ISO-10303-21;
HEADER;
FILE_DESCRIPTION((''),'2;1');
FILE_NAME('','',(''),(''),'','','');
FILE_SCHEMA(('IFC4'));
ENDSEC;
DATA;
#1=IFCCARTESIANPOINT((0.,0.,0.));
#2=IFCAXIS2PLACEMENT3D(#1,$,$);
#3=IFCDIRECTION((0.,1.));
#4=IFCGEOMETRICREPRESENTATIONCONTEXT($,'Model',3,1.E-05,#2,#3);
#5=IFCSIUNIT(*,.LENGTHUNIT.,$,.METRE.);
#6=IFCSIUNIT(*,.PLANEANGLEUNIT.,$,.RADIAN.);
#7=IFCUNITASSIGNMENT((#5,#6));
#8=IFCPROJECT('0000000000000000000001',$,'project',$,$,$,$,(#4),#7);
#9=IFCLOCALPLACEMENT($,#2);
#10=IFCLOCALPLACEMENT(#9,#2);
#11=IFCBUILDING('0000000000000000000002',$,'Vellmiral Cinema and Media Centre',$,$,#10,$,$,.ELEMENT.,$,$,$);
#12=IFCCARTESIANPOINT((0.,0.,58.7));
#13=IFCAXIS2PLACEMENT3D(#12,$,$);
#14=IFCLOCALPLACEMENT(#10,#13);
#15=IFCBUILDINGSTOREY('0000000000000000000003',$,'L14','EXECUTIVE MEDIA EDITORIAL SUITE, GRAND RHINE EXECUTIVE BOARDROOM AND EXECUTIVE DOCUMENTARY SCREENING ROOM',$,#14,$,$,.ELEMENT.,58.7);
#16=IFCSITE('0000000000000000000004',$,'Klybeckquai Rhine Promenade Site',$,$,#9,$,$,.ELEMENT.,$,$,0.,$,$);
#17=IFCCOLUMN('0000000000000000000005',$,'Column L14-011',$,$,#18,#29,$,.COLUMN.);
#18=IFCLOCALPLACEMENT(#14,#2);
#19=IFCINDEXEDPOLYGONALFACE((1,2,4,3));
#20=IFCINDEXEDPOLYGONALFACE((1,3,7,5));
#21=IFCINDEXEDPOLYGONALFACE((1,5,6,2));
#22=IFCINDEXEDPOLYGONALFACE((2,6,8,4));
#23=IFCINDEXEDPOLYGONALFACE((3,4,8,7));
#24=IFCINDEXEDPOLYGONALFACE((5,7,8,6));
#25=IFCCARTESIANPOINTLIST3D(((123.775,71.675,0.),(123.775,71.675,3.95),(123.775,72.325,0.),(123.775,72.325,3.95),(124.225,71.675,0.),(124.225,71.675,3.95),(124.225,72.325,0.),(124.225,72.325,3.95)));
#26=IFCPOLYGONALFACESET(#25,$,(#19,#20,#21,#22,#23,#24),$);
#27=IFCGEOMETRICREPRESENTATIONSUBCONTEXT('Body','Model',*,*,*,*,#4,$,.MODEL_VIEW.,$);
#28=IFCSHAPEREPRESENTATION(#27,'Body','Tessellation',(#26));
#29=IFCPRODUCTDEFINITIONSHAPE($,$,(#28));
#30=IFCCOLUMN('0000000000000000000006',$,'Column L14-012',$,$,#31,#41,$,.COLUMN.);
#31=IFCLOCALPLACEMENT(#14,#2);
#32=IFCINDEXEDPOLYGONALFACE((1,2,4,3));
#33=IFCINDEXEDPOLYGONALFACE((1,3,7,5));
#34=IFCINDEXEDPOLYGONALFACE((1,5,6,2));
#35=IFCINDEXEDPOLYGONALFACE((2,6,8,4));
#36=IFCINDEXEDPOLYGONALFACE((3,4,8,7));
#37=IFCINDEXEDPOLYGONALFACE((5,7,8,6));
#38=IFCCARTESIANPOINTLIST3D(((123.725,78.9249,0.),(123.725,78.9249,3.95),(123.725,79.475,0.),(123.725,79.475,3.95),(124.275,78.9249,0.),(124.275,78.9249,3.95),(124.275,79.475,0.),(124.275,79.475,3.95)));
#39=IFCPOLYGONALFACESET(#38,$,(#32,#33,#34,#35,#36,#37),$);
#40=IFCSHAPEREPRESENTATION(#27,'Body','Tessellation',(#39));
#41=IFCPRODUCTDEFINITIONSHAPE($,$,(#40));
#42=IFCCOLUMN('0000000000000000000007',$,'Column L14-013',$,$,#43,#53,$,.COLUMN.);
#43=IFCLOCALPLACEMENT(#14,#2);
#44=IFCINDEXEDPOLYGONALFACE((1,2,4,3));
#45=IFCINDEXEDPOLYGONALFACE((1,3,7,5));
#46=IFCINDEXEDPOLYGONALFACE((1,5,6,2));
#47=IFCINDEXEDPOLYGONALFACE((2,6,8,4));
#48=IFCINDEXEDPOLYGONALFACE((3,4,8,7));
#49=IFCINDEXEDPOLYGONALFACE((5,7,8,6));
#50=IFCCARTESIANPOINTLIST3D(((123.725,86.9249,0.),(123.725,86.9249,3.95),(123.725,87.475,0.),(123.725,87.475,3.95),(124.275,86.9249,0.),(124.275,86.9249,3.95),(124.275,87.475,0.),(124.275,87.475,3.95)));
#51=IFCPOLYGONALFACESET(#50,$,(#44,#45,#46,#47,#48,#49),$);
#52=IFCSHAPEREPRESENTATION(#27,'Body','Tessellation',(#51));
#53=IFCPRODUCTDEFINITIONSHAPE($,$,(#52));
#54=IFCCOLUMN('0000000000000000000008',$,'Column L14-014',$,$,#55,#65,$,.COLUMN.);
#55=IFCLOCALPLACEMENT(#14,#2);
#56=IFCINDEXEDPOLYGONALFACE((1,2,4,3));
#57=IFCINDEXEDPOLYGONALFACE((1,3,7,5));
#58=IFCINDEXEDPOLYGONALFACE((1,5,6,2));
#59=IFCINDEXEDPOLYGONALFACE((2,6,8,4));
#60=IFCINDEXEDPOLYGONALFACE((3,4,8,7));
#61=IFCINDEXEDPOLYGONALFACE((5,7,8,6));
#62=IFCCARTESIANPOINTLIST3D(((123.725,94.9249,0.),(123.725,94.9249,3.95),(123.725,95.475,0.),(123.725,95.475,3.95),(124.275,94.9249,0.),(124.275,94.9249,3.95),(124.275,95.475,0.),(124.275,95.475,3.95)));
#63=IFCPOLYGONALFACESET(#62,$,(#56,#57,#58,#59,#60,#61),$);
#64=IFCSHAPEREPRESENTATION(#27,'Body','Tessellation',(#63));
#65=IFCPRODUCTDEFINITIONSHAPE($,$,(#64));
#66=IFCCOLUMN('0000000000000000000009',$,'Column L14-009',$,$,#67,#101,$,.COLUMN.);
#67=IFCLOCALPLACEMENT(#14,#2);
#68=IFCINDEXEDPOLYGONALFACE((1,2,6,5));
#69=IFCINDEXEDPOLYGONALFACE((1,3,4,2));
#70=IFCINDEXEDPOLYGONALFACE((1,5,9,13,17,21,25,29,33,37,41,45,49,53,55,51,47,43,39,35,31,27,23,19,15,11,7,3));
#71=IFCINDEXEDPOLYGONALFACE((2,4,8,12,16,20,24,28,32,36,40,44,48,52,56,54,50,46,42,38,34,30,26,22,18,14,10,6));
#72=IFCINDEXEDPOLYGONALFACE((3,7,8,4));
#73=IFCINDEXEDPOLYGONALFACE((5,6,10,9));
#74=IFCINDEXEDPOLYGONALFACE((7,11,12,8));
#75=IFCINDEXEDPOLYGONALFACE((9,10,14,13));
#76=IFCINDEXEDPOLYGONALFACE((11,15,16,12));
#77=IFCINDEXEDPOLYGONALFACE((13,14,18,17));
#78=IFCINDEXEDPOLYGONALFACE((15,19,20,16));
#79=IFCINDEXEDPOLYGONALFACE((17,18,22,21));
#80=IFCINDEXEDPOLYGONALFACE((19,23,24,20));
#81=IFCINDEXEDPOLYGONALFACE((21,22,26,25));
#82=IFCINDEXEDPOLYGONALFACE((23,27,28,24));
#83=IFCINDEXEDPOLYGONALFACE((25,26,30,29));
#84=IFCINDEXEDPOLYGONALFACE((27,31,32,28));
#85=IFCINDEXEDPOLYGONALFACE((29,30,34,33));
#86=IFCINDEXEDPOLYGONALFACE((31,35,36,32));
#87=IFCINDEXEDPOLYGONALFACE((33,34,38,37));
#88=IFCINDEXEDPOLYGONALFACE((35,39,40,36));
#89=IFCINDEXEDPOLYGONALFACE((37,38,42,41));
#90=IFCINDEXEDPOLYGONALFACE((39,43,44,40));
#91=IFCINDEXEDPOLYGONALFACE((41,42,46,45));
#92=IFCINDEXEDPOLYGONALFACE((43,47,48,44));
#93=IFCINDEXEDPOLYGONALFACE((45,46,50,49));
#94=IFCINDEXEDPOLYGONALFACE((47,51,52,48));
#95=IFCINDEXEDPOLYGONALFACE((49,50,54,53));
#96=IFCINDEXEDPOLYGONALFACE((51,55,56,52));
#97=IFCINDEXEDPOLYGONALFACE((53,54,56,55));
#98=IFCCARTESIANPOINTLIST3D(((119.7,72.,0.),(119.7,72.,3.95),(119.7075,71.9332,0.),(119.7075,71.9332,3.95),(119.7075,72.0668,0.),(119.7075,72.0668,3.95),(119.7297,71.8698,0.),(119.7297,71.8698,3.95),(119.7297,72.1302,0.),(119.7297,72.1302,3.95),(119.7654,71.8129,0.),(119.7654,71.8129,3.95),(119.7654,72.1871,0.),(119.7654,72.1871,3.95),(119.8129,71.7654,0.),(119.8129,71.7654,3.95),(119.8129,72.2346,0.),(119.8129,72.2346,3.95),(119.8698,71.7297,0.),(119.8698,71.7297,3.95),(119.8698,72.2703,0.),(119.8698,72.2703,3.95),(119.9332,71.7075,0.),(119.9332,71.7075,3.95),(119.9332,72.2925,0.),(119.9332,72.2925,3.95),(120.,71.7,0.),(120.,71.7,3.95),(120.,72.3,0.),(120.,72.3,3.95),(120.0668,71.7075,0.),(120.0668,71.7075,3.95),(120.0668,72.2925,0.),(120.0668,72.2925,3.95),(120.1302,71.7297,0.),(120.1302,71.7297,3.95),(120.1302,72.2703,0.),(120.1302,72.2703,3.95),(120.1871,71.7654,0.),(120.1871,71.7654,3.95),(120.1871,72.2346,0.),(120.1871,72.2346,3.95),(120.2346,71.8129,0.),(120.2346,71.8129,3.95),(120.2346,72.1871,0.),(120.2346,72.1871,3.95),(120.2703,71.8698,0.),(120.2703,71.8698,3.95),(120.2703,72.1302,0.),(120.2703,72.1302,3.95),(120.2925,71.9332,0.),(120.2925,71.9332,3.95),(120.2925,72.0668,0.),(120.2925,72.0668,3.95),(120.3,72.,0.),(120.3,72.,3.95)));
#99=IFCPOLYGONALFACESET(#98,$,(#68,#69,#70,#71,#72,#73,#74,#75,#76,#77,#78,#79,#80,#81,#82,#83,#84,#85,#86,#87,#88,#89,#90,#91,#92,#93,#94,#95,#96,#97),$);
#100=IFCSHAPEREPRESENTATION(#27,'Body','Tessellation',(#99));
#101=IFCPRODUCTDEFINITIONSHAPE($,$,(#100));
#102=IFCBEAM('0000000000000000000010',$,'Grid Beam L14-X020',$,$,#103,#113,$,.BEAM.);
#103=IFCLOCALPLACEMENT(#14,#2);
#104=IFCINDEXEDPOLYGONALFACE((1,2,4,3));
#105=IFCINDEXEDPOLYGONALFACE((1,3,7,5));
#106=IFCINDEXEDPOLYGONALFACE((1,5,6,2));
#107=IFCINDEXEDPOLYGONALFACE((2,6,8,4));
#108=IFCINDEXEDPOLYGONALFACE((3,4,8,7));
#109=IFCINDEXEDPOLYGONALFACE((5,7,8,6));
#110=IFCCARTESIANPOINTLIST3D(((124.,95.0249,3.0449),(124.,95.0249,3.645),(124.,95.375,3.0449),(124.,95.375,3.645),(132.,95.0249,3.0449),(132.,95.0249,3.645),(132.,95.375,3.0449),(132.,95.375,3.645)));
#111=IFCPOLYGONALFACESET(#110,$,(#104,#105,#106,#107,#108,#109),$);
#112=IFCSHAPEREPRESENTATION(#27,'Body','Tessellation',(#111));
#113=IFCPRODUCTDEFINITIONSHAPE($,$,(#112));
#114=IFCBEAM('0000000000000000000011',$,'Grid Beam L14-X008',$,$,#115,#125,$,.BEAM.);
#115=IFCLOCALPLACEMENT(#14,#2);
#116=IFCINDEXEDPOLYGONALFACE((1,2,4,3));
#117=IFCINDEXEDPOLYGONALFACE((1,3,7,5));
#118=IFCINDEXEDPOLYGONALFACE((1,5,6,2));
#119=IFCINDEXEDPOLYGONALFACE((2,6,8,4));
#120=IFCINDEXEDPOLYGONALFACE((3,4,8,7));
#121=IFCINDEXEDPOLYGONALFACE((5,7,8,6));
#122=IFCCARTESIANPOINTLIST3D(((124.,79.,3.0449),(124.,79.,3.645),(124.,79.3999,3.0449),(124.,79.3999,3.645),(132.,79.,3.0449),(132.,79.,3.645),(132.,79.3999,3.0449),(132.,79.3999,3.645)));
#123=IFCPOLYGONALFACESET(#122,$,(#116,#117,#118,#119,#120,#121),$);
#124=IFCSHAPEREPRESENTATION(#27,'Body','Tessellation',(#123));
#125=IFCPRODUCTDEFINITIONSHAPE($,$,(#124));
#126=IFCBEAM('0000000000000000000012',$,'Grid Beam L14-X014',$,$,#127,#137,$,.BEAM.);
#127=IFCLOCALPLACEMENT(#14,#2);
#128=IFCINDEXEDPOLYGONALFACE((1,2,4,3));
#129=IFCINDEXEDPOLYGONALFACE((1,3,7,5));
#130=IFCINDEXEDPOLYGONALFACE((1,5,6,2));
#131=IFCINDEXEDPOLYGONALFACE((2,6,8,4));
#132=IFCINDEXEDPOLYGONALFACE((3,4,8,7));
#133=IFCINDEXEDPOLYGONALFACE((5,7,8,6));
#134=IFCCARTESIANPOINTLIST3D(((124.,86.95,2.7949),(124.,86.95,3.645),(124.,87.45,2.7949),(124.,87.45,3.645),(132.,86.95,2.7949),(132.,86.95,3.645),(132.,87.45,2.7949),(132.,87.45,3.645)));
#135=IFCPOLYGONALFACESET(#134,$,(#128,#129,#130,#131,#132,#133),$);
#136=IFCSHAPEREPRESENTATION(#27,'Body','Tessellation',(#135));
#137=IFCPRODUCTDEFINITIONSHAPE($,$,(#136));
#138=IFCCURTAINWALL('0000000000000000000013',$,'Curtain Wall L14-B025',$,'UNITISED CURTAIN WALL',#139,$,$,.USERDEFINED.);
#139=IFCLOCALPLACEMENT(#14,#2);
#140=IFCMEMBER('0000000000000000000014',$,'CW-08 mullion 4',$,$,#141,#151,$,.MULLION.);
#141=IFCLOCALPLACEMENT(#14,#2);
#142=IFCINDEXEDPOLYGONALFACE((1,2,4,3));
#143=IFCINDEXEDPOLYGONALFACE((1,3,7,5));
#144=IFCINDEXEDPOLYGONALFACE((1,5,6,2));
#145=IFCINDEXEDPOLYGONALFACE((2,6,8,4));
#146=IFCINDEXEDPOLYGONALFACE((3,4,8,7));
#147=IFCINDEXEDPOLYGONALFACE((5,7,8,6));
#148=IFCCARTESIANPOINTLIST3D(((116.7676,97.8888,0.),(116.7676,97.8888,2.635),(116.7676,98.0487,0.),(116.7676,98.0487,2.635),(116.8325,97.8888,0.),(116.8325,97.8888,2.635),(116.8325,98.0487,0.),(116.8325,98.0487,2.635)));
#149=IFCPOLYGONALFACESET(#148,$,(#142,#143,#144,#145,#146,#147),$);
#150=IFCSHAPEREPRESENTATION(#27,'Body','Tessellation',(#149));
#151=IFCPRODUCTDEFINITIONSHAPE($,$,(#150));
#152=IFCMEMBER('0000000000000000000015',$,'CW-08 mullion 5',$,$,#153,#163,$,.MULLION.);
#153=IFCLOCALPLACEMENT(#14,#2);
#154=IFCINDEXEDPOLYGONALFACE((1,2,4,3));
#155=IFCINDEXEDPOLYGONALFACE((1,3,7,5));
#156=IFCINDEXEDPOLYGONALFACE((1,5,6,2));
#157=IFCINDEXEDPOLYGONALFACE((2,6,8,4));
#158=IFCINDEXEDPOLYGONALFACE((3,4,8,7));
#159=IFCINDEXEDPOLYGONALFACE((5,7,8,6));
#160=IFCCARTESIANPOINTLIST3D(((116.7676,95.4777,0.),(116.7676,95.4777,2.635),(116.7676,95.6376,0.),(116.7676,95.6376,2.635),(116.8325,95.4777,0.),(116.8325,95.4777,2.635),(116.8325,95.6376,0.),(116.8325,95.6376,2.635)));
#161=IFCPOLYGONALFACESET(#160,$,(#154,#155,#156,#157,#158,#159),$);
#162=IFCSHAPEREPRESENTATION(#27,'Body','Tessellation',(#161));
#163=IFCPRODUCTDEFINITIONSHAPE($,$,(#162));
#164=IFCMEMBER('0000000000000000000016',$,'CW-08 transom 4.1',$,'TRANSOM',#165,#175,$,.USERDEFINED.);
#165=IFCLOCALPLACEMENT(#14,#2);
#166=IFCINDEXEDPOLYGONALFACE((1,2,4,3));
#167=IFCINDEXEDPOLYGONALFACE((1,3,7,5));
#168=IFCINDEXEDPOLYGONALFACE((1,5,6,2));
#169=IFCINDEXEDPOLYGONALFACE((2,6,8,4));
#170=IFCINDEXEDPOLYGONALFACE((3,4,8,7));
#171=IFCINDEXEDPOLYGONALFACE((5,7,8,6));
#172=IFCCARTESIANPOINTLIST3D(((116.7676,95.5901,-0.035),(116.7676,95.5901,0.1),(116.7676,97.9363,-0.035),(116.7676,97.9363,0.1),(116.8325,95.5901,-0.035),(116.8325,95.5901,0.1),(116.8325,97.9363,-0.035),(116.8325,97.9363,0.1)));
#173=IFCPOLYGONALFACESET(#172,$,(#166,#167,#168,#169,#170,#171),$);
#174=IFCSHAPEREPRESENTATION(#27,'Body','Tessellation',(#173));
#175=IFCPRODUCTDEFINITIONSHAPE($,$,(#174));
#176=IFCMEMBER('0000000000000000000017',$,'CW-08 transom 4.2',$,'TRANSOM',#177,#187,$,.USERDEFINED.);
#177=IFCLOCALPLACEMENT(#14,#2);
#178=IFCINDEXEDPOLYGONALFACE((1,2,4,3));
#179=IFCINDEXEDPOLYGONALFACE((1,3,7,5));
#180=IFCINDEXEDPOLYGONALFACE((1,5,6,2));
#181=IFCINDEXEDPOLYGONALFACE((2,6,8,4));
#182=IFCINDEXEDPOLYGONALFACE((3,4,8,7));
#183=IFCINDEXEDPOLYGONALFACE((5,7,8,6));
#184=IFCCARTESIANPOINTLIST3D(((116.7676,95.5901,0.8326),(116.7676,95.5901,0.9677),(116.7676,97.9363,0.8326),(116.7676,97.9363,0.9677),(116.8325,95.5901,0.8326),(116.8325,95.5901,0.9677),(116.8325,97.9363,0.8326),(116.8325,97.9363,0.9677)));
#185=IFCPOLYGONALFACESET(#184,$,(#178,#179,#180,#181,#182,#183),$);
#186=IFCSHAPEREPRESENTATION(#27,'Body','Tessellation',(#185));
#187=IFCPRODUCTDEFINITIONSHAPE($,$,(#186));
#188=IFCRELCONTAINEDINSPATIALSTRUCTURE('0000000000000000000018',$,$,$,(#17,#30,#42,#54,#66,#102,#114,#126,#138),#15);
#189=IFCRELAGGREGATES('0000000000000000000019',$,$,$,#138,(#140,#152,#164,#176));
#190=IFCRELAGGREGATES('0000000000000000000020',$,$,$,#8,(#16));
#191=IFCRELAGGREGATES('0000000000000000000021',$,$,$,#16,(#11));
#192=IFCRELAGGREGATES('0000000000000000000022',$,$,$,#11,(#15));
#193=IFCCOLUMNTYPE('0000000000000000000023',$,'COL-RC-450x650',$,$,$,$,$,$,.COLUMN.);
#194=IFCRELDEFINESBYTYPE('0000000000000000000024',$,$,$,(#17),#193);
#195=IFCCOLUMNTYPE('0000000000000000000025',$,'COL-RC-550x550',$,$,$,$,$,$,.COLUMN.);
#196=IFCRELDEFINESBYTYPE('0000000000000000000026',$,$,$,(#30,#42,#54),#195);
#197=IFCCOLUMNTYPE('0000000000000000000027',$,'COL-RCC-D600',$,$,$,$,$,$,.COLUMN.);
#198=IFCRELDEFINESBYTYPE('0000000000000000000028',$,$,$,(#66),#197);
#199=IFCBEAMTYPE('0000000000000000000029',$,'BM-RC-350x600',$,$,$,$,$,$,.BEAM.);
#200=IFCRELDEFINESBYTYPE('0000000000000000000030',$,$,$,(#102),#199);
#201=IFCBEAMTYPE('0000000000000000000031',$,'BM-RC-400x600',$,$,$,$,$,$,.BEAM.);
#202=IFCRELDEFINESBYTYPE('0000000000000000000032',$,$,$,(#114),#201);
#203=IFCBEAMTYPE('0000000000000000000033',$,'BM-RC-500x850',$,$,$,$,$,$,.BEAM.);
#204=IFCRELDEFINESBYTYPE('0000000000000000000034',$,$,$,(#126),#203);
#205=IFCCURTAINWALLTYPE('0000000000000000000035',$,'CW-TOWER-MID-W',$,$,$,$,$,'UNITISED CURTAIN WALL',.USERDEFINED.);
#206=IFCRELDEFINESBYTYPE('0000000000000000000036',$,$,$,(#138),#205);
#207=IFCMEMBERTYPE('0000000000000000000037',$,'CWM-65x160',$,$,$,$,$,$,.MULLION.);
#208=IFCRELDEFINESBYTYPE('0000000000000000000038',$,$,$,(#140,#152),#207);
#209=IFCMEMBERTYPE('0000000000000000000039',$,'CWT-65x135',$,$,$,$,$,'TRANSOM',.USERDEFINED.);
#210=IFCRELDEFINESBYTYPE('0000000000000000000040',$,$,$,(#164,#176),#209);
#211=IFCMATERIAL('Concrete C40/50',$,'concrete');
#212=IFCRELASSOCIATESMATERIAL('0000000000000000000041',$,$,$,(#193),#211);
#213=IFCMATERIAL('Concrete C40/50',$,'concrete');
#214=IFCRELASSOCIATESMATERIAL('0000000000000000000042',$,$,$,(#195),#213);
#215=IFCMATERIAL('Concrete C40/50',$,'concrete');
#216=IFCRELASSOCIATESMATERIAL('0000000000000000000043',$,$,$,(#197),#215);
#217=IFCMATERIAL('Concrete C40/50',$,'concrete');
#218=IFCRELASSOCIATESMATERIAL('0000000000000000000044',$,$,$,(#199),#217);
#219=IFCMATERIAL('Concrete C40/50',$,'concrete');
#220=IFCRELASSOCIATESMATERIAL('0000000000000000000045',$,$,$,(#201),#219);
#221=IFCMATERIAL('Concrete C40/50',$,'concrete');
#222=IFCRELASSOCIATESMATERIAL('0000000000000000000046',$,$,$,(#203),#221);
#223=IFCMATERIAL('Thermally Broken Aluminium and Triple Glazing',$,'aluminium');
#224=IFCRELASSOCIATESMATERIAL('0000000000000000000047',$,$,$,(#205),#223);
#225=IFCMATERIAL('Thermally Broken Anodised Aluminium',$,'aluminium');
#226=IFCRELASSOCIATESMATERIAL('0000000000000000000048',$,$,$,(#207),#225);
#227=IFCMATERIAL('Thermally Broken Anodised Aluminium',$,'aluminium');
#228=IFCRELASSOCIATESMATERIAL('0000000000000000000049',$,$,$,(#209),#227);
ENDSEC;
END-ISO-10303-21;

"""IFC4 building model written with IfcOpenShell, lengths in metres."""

from ifc_helpers import new_model, si_unit, direction, frame, origin, origin_2d, place, context, subcontext, project, spatial, rectangle, circle, extrude, material, material_profile, profile_set, type_object, element, aggregate, save


model = new_model("IFC4")

# Units and contexts
model_context = context("Model", 3, precision=1e-05, world=origin(), true_north=direction((0.0, 1.0)))
body_context = subcontext(model_context, "Body", "Model", "MODEL_VIEW")
ifc_project = project(units=[si_unit("LENGTHUNIT", "METRE"), si_unit("PLANEANGLEUNIT", "RADIAN")], contexts=[model_context])

# Site, building, storey
site_placement = place(None, origin())
site = spatial("IfcSite", under=ifc_project, at=site_placement, Name="Klybeckquai Rhine Promenade Site", CompositionType="ELEMENT", RefElevation=0.0)
building_placement = place(site_placement, origin())
building = spatial("IfcBuilding", under=site, at=building_placement, Name="Vellmiral Cinema and Media Centre", CompositionType="ELEMENT")
storey_placement = place(building_placement, frame((0.0, 0.0, 58.7)))
storey = spatial("IfcBuildingStorey", under=building, at=storey_placement, Name="L14", Description="EXECUTIVE MEDIA EDITORIAL SUITE, GRAND RHINE EXECUTIVE BOARDROOM AND EXECUTIVE DOCUMENTARY SCREENING ROOM", CompositionType="ELEMENT", Elevation=58.7)

# Columns
ifc_material_1 = material(Name="Concrete C40/50", Category="concrete")
ifc_material_profile_1 = material_profile(ifc_material_1, rectangle(XDim=0.45, YDim=0.6499, at=origin_2d()), Name="RC 450x650")
ifc_profile_set_1 = profile_set([ifc_material_profile_1], Name="Concrete C40/50")
column_type_1 = type_object("IfcColumnType", Name="COL-RC-450x650", PredefinedType="COLUMN", material=ifc_profile_set_1)
column_1_placement = place(storey_placement, frame((124.0, 72.0, 0.0), z_axis=(0.0, 0.0, 1.0), x_axis=(1.0, 0.0, 0.0)))
element("IfcColumn", 1, at=column_1_placement, inside=storey, type_object=column_type_1, Name="Column L14-011", PredefinedType="COLUMN", context=body_context, shape_type="SweptSolid", body=[
    extrude(rectangle(XDim=0.45, YDim=0.6499, at=origin_2d()), origin(), (0.0, 0.0, 1.0), 3.95),
])
ifc_material_2 = material(Name="Concrete C40/50", Category="concrete")
ifc_material_profile_2 = material_profile(ifc_material_2, rectangle(XDim=0.55, YDim=0.55, at=origin_2d()), Name="RC 550x550")
ifc_profile_set_2 = profile_set([ifc_material_profile_2], Name="Concrete C40/50")
column_type_2 = type_object("IfcColumnType", Name="COL-RC-550x550", PredefinedType="COLUMN", material=ifc_profile_set_2)
for number, where, z_axis, x_axis, name in (
    (2, (124.0, 79.2, 0.0), (0.0, 0.0, 1.0), (1.0, 0.0, 0.0), "Column L14-012"),
    (3, (124.0, 87.2, 0.0), (0.0, 0.0, 1.0), (1.0, 0.0, 0.0), "Column L14-013"),
    (4, (124.0, 95.2, 0.0), (0.0, 0.0, 1.0), (1.0, 0.0, 0.0), "Column L14-014"),
):
    element("IfcColumn", number, at=place(storey_placement, frame(where, z_axis=z_axis, x_axis=x_axis)), inside=storey, type_object=column_type_2, Name=name, PredefinedType="COLUMN", context=body_context, shape_type="SweptSolid", body=[
        extrude(rectangle(XDim=0.55, YDim=0.55, at=origin_2d()), origin(), (0.0, 0.0, 1.0), 3.95),
    ])
ifc_material_3 = material(Name="Concrete C40/50", Category="concrete")
ifc_material_profile_3 = material_profile(ifc_material_3, circle(Radius=0.3, at=origin_2d()), Name="RC D600")
ifc_profile_set_3 = profile_set([ifc_material_profile_3], Name="Concrete C40/50")
column_type_3 = type_object("IfcColumnType", Name="COL-RCC-D600", PredefinedType="COLUMN", material=ifc_profile_set_3)
column_2_placement = place(storey_placement, frame((120.0, 72.0, 0.0), z_axis=(0.0, 0.0, 1.0), x_axis=(1.0, 0.0, 0.0)))
element("IfcColumn", 5, at=column_2_placement, inside=storey, type_object=column_type_3, Name="Column L14-009", PredefinedType="COLUMN", context=body_context, shape_type="SweptSolid", body=[
    extrude(circle(Radius=0.3, at=origin_2d()), origin(), (0.0, 0.0, 1.0), 3.95),
])

# Beams
ifc_material_4 = material(Name="Concrete C40/50", Category="concrete")
ifc_material_profile_4 = material_profile(ifc_material_4, rectangle(XDim=0.3501, YDim=0.6001, at=origin_2d()), Name="RC 350x600")
ifc_profile_set_4 = profile_set([ifc_material_profile_4], Name="Concrete C40/50")
beam_type_1 = type_object("IfcBeamType", Name="BM-RC-350x600", PredefinedType="BEAM", material=ifc_profile_set_4)
beam_1_placement = place(storey_placement, frame((124.0, 95.2, 3.345), z_axis=(1.0, 0.0, 0.0), x_axis=(0.0, 1.0, 0.0)))
element("IfcBeam", 6, at=beam_1_placement, inside=storey, type_object=beam_type_1, Name="Grid Beam L14-X020", PredefinedType="BEAM", context=body_context, shape_type="SweptSolid", body=[
    extrude(rectangle(XDim=0.3501, YDim=0.6001, at=origin_2d()), origin(), (0.0, 0.0, 1.0), 8.0),
])
ifc_material_5 = material(Name="Concrete C40/50", Category="concrete")
ifc_material_profile_5 = material_profile(ifc_material_5, rectangle(XDim=0.3999, YDim=0.6001, at=origin_2d()), Name="RC 400x600")
ifc_profile_set_5 = profile_set([ifc_material_profile_5], Name="Concrete C40/50")
beam_type_2 = type_object("IfcBeamType", Name="BM-RC-400x600", PredefinedType="BEAM", material=ifc_profile_set_5)
beam_2_placement = place(storey_placement, frame((124.0, 79.2, 3.345), z_axis=(1.0, 0.0, 0.0), x_axis=(0.0, 1.0, 0.0)))
element("IfcBeam", 7, at=beam_2_placement, inside=storey, type_object=beam_type_2, Name="Grid Beam L14-X008", PredefinedType="BEAM", context=body_context, shape_type="SweptSolid", body=[
    extrude(rectangle(XDim=0.3999, YDim=0.6001, at=origin_2d()), origin(), (0.0, 0.0, 1.0), 8.0),
])
ifc_material_6 = material(Name="Concrete C40/50", Category="concrete")
ifc_material_profile_6 = material_profile(ifc_material_6, rectangle(XDim=0.5, YDim=0.8501, at=origin_2d()), Name="RC 500x850")
ifc_profile_set_6 = profile_set([ifc_material_profile_6], Name="Concrete C40/50")
beam_type_3 = type_object("IfcBeamType", Name="BM-RC-500x850", PredefinedType="BEAM", material=ifc_profile_set_6)
beam_3_placement = place(storey_placement, frame((124.0, 87.2, 3.22), z_axis=(1.0, 0.0, 0.0), x_axis=(0.0, 1.0, 0.0)))
element("IfcBeam", 8, at=beam_3_placement, inside=storey, type_object=beam_type_3, Name="Grid Beam L14-X014", PredefinedType="BEAM", context=body_context, shape_type="SweptSolid", body=[
    extrude(rectangle(XDim=0.5, YDim=0.8501, at=origin_2d()), origin(), (0.0, 0.0, 1.0), 8.0),
])

# Curtain wall, members
ifc_material_7 = material(Name="Thermally Broken Aluminium and Triple Glazing", Category="aluminium")
curtain_wall_type = type_object("IfcCurtainWallType", Name="CW-TOWER-MID-W", ElementType="UNITISED CURTAIN WALL", PredefinedType="USERDEFINED", material=ifc_material_7)
curtain_wall_placement = place(storey_placement, origin())
curtain_wall = element("IfcCurtainWall", 9, at=curtain_wall_placement, inside=storey, type_object=curtain_wall_type, Name="Curtain Wall L14-B025", ObjectType="UNITISED CURTAIN WALL", PredefinedType="USERDEFINED")
ifc_material_8 = material(Name="Thermally Broken Anodised Aluminium", Category="aluminium")
ifc_material_profile_7 = material_profile(ifc_material_8, rectangle(XDim=0.0649, YDim=0.1599, at=origin_2d()), Name="MULL 65x160")
ifc_profile_set_7 = profile_set([ifc_material_profile_7], Name="Thermally Broken Anodised Aluminium")
member_type_1 = type_object("IfcMemberType", Name="CWM-65x160", PredefinedType="MULLION", material=ifc_profile_set_7)
member_1_placement = place(storey_placement, frame((116.8, 97.9688, 0.0), z_axis=(0.0, 0.0, 1.0), x_axis=(1.0, 0.0, 0.0)))
member_1 = element("IfcMember", 10, at=member_1_placement, type_object=member_type_1, Name="CW-08 mullion 4", PredefinedType="MULLION", context=body_context, shape_type="SweptSolid", body=[
    extrude(rectangle(XDim=0.0649, YDim=0.1599, at=origin_2d()), origin(), (0.0, 0.0, 1.0), 2.635),
])
member_2_placement = place(storey_placement, frame((116.8, 95.5576, 0.0), z_axis=(0.0, 0.0, 1.0), x_axis=(1.0, 0.0, 0.0)))
member_2 = element("IfcMember", 11, at=member_2_placement, type_object=member_type_1, Name="CW-08 mullion 5", PredefinedType="MULLION", context=body_context, shape_type="SweptSolid", body=[
    extrude(rectangle(XDim=0.0649, YDim=0.1599, at=origin_2d()), origin(), (0.0, 0.0, 1.0), 2.635),
])
ifc_material_9 = material(Name="Thermally Broken Anodised Aluminium", Category="aluminium")
ifc_material_profile_8 = material_profile(ifc_material_9, rectangle(XDim=0.0649, YDim=0.135, at=origin_2d()), Name="MULL 65x135")
ifc_profile_set_8 = profile_set([ifc_material_profile_8], Name="Thermally Broken Anodised Aluminium")
member_type_2 = type_object("IfcMemberType", Name="CWT-65x135", ElementType="TRANSOM", PredefinedType="USERDEFINED", material=ifc_profile_set_8)
member_3_placement = place(storey_placement, frame((116.8, 97.9363, 0.0325), z_axis=(0.0, -1.0, 0.0), x_axis=(1.0, 0.0, 0.0)))
member_3 = element("IfcMember", 12, at=member_3_placement, type_object=member_type_2, Name="CW-08 transom 4.1", ObjectType="TRANSOM", PredefinedType="USERDEFINED", context=body_context, shape_type="SweptSolid", body=[
    extrude(rectangle(XDim=0.0649, YDim=0.135, at=origin_2d()), origin(), (0.0, 0.0, 1.0), 2.3462),
])
member_4_placement = place(storey_placement, frame((116.8, 97.9363, 0.9001), z_axis=(0.0, -1.0, 0.0), x_axis=(1.0, 0.0, 0.0)))
member_4 = element("IfcMember", 13, at=member_4_placement, type_object=member_type_2, Name="CW-08 transom 4.2", ObjectType="TRANSOM", PredefinedType="USERDEFINED", context=body_context, shape_type="SweptSolid", body=[
    extrude(rectangle(XDim=0.0649, YDim=0.135, at=origin_2d()), origin(), (0.0, 0.0, 1.0), 2.3462),
])

aggregate(curtain_wall, [member_1, member_2, member_3, member_4])

save(model, "model.ifc")
